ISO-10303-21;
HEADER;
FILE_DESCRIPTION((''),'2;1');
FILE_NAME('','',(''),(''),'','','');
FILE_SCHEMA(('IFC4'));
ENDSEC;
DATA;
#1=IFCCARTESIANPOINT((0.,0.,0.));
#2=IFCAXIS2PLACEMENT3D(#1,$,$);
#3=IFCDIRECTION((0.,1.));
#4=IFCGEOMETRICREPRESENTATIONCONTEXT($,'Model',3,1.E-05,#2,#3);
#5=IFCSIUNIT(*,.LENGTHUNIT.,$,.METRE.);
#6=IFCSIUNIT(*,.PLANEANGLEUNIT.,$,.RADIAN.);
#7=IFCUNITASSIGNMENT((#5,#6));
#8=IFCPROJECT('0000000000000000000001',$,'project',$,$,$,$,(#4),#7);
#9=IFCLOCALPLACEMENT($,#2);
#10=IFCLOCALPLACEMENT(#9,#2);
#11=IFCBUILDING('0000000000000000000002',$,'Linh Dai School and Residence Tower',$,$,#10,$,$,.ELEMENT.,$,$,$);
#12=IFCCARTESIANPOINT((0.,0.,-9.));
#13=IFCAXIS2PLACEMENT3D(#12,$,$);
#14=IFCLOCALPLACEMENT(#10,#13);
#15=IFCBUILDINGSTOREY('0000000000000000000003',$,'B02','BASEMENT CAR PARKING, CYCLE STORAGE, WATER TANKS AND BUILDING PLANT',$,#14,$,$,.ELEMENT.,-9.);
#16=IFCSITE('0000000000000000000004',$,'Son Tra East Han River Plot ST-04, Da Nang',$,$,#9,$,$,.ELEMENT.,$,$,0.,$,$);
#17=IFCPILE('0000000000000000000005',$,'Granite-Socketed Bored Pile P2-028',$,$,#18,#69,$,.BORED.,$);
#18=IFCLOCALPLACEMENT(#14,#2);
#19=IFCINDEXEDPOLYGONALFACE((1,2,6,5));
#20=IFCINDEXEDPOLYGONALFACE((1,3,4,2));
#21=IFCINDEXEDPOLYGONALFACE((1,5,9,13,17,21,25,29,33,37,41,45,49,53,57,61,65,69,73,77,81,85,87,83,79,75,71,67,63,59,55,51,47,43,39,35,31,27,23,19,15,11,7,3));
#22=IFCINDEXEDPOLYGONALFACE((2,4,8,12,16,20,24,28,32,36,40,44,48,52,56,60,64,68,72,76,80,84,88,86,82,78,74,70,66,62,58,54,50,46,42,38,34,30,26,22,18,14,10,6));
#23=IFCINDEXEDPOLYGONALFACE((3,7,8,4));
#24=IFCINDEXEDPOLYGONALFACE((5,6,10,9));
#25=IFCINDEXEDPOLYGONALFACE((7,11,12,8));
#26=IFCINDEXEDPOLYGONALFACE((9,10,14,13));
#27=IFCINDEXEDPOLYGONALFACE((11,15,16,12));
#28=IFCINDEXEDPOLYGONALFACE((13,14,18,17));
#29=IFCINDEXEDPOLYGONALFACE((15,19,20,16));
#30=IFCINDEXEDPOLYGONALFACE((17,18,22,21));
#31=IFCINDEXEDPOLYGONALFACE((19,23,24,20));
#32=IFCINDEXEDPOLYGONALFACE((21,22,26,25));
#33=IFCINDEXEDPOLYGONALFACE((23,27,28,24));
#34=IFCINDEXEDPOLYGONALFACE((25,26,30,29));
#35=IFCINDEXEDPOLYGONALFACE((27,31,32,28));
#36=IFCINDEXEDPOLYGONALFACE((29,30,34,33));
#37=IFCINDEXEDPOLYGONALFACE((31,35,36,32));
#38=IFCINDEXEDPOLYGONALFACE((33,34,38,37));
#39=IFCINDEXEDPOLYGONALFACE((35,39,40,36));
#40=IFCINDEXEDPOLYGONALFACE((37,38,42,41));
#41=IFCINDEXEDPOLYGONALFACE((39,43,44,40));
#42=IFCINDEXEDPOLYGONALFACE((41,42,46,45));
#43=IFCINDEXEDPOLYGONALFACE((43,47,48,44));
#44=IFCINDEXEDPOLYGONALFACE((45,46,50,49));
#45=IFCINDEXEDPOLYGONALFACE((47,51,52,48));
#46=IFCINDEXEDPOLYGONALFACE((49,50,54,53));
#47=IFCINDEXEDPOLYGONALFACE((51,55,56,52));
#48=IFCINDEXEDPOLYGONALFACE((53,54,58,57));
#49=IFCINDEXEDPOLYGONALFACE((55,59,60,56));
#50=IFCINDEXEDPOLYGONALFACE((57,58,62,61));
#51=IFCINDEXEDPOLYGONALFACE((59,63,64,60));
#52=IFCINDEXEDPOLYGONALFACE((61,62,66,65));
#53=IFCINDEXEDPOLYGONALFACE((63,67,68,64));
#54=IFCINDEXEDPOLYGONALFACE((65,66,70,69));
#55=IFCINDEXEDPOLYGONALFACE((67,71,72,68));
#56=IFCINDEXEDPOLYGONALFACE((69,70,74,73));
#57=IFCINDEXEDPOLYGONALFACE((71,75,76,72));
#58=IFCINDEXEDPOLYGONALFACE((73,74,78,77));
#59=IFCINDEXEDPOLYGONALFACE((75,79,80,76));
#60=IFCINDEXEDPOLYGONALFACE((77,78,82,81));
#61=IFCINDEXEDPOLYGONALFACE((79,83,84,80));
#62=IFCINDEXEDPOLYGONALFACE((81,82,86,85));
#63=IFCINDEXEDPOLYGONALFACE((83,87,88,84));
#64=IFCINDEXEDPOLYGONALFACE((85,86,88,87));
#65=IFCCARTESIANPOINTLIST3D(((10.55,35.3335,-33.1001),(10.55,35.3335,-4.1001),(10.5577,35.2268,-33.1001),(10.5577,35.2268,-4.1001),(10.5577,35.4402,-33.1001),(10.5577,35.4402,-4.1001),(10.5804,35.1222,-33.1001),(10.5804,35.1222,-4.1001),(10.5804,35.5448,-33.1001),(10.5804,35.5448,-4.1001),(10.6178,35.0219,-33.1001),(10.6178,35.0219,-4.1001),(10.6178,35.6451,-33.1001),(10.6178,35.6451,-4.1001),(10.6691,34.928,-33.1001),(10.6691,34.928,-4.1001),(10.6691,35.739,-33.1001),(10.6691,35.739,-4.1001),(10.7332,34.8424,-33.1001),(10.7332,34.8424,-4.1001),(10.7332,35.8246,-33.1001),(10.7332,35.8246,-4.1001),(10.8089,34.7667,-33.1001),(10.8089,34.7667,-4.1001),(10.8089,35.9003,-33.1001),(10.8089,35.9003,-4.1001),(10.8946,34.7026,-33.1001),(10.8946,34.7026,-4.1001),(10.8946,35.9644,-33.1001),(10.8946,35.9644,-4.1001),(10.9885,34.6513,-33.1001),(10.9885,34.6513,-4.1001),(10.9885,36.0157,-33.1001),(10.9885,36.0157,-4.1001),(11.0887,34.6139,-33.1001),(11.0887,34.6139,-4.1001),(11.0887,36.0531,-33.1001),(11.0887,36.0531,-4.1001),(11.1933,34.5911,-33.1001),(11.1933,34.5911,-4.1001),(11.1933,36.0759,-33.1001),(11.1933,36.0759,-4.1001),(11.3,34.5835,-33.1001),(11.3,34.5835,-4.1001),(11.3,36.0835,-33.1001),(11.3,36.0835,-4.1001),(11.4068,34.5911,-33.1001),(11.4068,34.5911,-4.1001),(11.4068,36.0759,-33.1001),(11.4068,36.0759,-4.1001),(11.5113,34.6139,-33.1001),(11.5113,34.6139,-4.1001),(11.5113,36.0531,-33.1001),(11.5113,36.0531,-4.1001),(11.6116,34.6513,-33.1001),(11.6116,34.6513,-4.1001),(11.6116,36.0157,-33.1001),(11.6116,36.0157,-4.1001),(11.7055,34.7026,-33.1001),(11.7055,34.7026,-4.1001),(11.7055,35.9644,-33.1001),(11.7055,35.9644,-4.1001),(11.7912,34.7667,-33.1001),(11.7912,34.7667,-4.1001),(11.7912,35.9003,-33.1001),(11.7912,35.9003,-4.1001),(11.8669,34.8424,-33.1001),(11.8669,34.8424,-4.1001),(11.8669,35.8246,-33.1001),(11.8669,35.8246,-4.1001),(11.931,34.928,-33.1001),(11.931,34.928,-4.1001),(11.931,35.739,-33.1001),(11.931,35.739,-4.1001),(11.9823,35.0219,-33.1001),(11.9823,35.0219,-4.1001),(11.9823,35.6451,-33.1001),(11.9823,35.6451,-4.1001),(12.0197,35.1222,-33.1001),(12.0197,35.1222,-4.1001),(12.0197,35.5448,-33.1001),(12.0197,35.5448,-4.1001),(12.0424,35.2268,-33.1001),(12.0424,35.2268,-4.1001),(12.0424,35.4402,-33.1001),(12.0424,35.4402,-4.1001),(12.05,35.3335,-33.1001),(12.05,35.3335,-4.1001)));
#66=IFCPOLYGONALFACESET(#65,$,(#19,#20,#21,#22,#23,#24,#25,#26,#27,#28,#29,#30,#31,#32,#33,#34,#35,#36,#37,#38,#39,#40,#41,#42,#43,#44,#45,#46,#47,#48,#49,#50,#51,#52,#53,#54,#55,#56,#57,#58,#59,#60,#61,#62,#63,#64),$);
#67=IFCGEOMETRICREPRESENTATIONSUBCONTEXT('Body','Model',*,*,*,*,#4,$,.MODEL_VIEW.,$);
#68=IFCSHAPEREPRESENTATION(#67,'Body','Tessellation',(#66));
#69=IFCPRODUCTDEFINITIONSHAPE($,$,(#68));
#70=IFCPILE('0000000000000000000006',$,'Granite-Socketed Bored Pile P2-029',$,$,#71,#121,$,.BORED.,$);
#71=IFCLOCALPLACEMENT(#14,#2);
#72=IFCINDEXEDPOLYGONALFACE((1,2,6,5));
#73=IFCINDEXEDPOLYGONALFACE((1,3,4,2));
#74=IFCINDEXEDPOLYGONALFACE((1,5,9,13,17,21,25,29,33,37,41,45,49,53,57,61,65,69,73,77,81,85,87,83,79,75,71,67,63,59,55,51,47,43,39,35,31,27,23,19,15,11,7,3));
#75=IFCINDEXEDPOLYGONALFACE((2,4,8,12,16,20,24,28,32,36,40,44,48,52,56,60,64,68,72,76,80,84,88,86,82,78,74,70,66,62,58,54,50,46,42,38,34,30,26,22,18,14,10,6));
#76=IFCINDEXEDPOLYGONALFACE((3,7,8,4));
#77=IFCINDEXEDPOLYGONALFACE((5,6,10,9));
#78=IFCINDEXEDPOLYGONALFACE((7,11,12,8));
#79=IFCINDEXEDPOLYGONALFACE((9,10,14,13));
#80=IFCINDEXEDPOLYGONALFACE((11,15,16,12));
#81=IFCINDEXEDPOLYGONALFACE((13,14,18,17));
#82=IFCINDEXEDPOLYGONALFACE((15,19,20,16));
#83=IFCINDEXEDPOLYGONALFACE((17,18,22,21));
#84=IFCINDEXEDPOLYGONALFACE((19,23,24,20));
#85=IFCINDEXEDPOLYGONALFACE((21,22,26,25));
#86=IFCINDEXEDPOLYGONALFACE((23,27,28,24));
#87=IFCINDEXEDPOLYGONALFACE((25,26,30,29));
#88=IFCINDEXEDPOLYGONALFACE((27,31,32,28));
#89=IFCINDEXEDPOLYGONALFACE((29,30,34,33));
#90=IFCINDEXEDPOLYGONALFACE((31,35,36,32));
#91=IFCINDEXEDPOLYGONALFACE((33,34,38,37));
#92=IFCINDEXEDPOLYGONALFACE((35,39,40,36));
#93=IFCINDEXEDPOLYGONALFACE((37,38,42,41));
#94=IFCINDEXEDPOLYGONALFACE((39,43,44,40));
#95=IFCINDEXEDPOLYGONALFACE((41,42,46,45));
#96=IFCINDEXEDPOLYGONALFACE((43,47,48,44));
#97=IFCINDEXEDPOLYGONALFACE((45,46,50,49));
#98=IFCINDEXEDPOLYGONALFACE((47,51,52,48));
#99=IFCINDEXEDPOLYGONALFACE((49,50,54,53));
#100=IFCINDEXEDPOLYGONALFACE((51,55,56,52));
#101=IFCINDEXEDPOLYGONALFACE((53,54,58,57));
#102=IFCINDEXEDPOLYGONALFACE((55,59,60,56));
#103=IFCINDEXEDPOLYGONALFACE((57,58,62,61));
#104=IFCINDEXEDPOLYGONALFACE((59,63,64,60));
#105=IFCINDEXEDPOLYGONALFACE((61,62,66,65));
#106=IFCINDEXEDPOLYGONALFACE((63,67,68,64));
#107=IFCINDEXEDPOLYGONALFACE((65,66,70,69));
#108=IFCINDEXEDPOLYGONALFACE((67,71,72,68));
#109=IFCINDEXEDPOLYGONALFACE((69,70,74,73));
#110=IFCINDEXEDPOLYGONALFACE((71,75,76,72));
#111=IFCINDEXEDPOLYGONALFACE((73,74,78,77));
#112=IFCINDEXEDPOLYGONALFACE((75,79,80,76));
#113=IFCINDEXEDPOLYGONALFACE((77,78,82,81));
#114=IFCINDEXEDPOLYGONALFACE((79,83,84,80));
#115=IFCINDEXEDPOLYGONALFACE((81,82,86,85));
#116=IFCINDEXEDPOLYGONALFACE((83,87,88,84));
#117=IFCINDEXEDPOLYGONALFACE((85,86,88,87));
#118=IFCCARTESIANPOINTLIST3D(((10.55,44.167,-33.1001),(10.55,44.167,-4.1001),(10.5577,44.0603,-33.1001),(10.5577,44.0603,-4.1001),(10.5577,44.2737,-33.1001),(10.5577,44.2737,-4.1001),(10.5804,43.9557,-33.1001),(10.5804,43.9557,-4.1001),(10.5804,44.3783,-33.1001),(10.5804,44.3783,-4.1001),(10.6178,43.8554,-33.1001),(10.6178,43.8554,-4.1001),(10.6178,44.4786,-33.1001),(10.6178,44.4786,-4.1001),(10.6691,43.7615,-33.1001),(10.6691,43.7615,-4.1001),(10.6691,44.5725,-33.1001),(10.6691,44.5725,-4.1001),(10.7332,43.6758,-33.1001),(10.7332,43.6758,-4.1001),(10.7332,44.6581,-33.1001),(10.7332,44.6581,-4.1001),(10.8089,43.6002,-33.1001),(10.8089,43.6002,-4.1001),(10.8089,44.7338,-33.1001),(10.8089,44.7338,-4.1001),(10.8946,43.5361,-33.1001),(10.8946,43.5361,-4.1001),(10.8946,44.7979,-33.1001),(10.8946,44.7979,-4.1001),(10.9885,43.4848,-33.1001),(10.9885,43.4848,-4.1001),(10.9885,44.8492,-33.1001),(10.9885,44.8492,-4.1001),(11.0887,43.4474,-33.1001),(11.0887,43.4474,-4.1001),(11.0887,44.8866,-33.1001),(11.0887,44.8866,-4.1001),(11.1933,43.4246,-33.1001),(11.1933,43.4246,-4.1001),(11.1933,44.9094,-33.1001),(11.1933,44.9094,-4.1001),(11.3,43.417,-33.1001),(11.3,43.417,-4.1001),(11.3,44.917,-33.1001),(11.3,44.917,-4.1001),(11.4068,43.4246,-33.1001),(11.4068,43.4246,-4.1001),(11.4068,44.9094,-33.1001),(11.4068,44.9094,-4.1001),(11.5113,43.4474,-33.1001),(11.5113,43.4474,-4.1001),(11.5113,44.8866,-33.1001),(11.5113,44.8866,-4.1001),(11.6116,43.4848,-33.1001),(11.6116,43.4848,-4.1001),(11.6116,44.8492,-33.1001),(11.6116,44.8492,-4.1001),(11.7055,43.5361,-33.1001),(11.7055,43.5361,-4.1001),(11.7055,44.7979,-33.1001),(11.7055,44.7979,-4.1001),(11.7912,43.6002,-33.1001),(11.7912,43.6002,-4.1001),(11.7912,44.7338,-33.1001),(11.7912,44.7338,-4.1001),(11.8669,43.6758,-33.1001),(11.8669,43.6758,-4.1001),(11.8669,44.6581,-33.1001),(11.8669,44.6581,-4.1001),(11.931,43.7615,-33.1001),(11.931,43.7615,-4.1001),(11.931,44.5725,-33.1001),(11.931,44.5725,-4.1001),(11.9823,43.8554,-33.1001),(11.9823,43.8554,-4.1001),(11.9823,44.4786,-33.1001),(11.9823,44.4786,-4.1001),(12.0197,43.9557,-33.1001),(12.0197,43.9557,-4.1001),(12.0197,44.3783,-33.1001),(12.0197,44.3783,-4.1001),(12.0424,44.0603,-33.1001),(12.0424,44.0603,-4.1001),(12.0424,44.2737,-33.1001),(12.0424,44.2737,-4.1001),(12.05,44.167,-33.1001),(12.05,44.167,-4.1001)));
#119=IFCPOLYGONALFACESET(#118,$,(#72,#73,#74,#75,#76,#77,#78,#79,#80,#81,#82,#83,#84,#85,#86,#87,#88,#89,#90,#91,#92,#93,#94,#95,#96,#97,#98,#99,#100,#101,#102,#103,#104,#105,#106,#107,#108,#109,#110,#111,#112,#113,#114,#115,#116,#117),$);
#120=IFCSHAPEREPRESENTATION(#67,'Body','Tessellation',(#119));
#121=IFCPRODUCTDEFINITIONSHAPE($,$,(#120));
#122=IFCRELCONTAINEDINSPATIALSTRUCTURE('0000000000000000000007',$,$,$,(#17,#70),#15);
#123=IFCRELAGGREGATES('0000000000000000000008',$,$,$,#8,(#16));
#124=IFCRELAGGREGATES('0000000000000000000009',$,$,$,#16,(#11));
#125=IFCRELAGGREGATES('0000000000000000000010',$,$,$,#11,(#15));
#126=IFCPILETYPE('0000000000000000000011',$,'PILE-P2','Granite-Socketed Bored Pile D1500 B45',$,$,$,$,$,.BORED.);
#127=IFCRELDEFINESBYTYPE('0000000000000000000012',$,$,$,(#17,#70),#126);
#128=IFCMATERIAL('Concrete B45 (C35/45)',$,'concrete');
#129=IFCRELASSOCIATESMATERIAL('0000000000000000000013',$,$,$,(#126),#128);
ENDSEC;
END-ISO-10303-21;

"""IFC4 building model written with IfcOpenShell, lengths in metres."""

from ifc_helpers import new_model, si_unit, direction, frame, origin, origin_2d, place, context, subcontext, project, spatial, circle, extrude, material, material_profile, profile_set, type_object, element, save


model = new_model("IFC4")

# Units and contexts
model_context = context("Model", 3, precision=1e-05, world=origin(), true_north=direction((0.0, 1.0)))
body_context = subcontext(model_context, "Body", "Model", "MODEL_VIEW")
ifc_project = project(units=[si_unit("LENGTHUNIT", "METRE"), si_unit("PLANEANGLEUNIT", "RADIAN")], contexts=[model_context])

# Site, building, storey
site_placement = place(None, origin())
site = spatial("IfcSite", under=ifc_project, at=site_placement, Name="Son Tra East Han River Plot ST-04, Da Nang", CompositionType="ELEMENT", RefElevation=0.0)
building_placement = place(site_placement, origin())
building = spatial("IfcBuilding", under=site, at=building_placement, Name="Linh Dai School and Residence Tower", CompositionType="ELEMENT")
storey_placement = place(building_placement, frame((0.0, 0.0, -9.0)))
storey = spatial("IfcBuildingStorey", under=building, at=storey_placement, Name="B02", Description="BASEMENT CAR PARKING, CYCLE STORAGE, WATER TANKS AND BUILDING PLANT", CompositionType="ELEMENT", Elevation=-9.0)

# Piles
ifc_material_1 = material(Name="Concrete B45 (C35/45)", Category="concrete")
ifc_material_profile_1 = material_profile(ifc_material_1, circle(Radius=0.75, at=origin_2d()), Name="PILE D1500")
ifc_profile_set_1 = profile_set([ifc_material_profile_1], Name="Concrete B45 (C35/45)")
pile_type = type_object("IfcPileType", Name="PILE-P2", Description="Granite-Socketed Bored Pile D1500 B45", PredefinedType="BORED", material=ifc_profile_set_1)
for number, where, z_axis, x_axis, name in (
    (1, (11.3, 35.3335, -4.1001), (0.0, 0.0, -1.0), (1.0, 0.0, 0.0), "Granite-Socketed Bored Pile P2-028"),
    (2, (11.3, 44.167, -4.1001), (0.0, 0.0, -1.0), (1.0, 0.0, 0.0), "Granite-Socketed Bored Pile P2-029"),
):
    element("IfcPile", number, at=place(storey_placement, frame(where, z_axis=z_axis, x_axis=x_axis)), inside=storey, type_object=pile_type, Name=name, PredefinedType="BORED", context=body_context, shape_type="SweptSolid", body=[
        extrude(circle(Radius=0.75, at=origin_2d()), origin(), (0.0, 0.0, 1.0), 29.0),
    ])

save(model, "model.ifc")
